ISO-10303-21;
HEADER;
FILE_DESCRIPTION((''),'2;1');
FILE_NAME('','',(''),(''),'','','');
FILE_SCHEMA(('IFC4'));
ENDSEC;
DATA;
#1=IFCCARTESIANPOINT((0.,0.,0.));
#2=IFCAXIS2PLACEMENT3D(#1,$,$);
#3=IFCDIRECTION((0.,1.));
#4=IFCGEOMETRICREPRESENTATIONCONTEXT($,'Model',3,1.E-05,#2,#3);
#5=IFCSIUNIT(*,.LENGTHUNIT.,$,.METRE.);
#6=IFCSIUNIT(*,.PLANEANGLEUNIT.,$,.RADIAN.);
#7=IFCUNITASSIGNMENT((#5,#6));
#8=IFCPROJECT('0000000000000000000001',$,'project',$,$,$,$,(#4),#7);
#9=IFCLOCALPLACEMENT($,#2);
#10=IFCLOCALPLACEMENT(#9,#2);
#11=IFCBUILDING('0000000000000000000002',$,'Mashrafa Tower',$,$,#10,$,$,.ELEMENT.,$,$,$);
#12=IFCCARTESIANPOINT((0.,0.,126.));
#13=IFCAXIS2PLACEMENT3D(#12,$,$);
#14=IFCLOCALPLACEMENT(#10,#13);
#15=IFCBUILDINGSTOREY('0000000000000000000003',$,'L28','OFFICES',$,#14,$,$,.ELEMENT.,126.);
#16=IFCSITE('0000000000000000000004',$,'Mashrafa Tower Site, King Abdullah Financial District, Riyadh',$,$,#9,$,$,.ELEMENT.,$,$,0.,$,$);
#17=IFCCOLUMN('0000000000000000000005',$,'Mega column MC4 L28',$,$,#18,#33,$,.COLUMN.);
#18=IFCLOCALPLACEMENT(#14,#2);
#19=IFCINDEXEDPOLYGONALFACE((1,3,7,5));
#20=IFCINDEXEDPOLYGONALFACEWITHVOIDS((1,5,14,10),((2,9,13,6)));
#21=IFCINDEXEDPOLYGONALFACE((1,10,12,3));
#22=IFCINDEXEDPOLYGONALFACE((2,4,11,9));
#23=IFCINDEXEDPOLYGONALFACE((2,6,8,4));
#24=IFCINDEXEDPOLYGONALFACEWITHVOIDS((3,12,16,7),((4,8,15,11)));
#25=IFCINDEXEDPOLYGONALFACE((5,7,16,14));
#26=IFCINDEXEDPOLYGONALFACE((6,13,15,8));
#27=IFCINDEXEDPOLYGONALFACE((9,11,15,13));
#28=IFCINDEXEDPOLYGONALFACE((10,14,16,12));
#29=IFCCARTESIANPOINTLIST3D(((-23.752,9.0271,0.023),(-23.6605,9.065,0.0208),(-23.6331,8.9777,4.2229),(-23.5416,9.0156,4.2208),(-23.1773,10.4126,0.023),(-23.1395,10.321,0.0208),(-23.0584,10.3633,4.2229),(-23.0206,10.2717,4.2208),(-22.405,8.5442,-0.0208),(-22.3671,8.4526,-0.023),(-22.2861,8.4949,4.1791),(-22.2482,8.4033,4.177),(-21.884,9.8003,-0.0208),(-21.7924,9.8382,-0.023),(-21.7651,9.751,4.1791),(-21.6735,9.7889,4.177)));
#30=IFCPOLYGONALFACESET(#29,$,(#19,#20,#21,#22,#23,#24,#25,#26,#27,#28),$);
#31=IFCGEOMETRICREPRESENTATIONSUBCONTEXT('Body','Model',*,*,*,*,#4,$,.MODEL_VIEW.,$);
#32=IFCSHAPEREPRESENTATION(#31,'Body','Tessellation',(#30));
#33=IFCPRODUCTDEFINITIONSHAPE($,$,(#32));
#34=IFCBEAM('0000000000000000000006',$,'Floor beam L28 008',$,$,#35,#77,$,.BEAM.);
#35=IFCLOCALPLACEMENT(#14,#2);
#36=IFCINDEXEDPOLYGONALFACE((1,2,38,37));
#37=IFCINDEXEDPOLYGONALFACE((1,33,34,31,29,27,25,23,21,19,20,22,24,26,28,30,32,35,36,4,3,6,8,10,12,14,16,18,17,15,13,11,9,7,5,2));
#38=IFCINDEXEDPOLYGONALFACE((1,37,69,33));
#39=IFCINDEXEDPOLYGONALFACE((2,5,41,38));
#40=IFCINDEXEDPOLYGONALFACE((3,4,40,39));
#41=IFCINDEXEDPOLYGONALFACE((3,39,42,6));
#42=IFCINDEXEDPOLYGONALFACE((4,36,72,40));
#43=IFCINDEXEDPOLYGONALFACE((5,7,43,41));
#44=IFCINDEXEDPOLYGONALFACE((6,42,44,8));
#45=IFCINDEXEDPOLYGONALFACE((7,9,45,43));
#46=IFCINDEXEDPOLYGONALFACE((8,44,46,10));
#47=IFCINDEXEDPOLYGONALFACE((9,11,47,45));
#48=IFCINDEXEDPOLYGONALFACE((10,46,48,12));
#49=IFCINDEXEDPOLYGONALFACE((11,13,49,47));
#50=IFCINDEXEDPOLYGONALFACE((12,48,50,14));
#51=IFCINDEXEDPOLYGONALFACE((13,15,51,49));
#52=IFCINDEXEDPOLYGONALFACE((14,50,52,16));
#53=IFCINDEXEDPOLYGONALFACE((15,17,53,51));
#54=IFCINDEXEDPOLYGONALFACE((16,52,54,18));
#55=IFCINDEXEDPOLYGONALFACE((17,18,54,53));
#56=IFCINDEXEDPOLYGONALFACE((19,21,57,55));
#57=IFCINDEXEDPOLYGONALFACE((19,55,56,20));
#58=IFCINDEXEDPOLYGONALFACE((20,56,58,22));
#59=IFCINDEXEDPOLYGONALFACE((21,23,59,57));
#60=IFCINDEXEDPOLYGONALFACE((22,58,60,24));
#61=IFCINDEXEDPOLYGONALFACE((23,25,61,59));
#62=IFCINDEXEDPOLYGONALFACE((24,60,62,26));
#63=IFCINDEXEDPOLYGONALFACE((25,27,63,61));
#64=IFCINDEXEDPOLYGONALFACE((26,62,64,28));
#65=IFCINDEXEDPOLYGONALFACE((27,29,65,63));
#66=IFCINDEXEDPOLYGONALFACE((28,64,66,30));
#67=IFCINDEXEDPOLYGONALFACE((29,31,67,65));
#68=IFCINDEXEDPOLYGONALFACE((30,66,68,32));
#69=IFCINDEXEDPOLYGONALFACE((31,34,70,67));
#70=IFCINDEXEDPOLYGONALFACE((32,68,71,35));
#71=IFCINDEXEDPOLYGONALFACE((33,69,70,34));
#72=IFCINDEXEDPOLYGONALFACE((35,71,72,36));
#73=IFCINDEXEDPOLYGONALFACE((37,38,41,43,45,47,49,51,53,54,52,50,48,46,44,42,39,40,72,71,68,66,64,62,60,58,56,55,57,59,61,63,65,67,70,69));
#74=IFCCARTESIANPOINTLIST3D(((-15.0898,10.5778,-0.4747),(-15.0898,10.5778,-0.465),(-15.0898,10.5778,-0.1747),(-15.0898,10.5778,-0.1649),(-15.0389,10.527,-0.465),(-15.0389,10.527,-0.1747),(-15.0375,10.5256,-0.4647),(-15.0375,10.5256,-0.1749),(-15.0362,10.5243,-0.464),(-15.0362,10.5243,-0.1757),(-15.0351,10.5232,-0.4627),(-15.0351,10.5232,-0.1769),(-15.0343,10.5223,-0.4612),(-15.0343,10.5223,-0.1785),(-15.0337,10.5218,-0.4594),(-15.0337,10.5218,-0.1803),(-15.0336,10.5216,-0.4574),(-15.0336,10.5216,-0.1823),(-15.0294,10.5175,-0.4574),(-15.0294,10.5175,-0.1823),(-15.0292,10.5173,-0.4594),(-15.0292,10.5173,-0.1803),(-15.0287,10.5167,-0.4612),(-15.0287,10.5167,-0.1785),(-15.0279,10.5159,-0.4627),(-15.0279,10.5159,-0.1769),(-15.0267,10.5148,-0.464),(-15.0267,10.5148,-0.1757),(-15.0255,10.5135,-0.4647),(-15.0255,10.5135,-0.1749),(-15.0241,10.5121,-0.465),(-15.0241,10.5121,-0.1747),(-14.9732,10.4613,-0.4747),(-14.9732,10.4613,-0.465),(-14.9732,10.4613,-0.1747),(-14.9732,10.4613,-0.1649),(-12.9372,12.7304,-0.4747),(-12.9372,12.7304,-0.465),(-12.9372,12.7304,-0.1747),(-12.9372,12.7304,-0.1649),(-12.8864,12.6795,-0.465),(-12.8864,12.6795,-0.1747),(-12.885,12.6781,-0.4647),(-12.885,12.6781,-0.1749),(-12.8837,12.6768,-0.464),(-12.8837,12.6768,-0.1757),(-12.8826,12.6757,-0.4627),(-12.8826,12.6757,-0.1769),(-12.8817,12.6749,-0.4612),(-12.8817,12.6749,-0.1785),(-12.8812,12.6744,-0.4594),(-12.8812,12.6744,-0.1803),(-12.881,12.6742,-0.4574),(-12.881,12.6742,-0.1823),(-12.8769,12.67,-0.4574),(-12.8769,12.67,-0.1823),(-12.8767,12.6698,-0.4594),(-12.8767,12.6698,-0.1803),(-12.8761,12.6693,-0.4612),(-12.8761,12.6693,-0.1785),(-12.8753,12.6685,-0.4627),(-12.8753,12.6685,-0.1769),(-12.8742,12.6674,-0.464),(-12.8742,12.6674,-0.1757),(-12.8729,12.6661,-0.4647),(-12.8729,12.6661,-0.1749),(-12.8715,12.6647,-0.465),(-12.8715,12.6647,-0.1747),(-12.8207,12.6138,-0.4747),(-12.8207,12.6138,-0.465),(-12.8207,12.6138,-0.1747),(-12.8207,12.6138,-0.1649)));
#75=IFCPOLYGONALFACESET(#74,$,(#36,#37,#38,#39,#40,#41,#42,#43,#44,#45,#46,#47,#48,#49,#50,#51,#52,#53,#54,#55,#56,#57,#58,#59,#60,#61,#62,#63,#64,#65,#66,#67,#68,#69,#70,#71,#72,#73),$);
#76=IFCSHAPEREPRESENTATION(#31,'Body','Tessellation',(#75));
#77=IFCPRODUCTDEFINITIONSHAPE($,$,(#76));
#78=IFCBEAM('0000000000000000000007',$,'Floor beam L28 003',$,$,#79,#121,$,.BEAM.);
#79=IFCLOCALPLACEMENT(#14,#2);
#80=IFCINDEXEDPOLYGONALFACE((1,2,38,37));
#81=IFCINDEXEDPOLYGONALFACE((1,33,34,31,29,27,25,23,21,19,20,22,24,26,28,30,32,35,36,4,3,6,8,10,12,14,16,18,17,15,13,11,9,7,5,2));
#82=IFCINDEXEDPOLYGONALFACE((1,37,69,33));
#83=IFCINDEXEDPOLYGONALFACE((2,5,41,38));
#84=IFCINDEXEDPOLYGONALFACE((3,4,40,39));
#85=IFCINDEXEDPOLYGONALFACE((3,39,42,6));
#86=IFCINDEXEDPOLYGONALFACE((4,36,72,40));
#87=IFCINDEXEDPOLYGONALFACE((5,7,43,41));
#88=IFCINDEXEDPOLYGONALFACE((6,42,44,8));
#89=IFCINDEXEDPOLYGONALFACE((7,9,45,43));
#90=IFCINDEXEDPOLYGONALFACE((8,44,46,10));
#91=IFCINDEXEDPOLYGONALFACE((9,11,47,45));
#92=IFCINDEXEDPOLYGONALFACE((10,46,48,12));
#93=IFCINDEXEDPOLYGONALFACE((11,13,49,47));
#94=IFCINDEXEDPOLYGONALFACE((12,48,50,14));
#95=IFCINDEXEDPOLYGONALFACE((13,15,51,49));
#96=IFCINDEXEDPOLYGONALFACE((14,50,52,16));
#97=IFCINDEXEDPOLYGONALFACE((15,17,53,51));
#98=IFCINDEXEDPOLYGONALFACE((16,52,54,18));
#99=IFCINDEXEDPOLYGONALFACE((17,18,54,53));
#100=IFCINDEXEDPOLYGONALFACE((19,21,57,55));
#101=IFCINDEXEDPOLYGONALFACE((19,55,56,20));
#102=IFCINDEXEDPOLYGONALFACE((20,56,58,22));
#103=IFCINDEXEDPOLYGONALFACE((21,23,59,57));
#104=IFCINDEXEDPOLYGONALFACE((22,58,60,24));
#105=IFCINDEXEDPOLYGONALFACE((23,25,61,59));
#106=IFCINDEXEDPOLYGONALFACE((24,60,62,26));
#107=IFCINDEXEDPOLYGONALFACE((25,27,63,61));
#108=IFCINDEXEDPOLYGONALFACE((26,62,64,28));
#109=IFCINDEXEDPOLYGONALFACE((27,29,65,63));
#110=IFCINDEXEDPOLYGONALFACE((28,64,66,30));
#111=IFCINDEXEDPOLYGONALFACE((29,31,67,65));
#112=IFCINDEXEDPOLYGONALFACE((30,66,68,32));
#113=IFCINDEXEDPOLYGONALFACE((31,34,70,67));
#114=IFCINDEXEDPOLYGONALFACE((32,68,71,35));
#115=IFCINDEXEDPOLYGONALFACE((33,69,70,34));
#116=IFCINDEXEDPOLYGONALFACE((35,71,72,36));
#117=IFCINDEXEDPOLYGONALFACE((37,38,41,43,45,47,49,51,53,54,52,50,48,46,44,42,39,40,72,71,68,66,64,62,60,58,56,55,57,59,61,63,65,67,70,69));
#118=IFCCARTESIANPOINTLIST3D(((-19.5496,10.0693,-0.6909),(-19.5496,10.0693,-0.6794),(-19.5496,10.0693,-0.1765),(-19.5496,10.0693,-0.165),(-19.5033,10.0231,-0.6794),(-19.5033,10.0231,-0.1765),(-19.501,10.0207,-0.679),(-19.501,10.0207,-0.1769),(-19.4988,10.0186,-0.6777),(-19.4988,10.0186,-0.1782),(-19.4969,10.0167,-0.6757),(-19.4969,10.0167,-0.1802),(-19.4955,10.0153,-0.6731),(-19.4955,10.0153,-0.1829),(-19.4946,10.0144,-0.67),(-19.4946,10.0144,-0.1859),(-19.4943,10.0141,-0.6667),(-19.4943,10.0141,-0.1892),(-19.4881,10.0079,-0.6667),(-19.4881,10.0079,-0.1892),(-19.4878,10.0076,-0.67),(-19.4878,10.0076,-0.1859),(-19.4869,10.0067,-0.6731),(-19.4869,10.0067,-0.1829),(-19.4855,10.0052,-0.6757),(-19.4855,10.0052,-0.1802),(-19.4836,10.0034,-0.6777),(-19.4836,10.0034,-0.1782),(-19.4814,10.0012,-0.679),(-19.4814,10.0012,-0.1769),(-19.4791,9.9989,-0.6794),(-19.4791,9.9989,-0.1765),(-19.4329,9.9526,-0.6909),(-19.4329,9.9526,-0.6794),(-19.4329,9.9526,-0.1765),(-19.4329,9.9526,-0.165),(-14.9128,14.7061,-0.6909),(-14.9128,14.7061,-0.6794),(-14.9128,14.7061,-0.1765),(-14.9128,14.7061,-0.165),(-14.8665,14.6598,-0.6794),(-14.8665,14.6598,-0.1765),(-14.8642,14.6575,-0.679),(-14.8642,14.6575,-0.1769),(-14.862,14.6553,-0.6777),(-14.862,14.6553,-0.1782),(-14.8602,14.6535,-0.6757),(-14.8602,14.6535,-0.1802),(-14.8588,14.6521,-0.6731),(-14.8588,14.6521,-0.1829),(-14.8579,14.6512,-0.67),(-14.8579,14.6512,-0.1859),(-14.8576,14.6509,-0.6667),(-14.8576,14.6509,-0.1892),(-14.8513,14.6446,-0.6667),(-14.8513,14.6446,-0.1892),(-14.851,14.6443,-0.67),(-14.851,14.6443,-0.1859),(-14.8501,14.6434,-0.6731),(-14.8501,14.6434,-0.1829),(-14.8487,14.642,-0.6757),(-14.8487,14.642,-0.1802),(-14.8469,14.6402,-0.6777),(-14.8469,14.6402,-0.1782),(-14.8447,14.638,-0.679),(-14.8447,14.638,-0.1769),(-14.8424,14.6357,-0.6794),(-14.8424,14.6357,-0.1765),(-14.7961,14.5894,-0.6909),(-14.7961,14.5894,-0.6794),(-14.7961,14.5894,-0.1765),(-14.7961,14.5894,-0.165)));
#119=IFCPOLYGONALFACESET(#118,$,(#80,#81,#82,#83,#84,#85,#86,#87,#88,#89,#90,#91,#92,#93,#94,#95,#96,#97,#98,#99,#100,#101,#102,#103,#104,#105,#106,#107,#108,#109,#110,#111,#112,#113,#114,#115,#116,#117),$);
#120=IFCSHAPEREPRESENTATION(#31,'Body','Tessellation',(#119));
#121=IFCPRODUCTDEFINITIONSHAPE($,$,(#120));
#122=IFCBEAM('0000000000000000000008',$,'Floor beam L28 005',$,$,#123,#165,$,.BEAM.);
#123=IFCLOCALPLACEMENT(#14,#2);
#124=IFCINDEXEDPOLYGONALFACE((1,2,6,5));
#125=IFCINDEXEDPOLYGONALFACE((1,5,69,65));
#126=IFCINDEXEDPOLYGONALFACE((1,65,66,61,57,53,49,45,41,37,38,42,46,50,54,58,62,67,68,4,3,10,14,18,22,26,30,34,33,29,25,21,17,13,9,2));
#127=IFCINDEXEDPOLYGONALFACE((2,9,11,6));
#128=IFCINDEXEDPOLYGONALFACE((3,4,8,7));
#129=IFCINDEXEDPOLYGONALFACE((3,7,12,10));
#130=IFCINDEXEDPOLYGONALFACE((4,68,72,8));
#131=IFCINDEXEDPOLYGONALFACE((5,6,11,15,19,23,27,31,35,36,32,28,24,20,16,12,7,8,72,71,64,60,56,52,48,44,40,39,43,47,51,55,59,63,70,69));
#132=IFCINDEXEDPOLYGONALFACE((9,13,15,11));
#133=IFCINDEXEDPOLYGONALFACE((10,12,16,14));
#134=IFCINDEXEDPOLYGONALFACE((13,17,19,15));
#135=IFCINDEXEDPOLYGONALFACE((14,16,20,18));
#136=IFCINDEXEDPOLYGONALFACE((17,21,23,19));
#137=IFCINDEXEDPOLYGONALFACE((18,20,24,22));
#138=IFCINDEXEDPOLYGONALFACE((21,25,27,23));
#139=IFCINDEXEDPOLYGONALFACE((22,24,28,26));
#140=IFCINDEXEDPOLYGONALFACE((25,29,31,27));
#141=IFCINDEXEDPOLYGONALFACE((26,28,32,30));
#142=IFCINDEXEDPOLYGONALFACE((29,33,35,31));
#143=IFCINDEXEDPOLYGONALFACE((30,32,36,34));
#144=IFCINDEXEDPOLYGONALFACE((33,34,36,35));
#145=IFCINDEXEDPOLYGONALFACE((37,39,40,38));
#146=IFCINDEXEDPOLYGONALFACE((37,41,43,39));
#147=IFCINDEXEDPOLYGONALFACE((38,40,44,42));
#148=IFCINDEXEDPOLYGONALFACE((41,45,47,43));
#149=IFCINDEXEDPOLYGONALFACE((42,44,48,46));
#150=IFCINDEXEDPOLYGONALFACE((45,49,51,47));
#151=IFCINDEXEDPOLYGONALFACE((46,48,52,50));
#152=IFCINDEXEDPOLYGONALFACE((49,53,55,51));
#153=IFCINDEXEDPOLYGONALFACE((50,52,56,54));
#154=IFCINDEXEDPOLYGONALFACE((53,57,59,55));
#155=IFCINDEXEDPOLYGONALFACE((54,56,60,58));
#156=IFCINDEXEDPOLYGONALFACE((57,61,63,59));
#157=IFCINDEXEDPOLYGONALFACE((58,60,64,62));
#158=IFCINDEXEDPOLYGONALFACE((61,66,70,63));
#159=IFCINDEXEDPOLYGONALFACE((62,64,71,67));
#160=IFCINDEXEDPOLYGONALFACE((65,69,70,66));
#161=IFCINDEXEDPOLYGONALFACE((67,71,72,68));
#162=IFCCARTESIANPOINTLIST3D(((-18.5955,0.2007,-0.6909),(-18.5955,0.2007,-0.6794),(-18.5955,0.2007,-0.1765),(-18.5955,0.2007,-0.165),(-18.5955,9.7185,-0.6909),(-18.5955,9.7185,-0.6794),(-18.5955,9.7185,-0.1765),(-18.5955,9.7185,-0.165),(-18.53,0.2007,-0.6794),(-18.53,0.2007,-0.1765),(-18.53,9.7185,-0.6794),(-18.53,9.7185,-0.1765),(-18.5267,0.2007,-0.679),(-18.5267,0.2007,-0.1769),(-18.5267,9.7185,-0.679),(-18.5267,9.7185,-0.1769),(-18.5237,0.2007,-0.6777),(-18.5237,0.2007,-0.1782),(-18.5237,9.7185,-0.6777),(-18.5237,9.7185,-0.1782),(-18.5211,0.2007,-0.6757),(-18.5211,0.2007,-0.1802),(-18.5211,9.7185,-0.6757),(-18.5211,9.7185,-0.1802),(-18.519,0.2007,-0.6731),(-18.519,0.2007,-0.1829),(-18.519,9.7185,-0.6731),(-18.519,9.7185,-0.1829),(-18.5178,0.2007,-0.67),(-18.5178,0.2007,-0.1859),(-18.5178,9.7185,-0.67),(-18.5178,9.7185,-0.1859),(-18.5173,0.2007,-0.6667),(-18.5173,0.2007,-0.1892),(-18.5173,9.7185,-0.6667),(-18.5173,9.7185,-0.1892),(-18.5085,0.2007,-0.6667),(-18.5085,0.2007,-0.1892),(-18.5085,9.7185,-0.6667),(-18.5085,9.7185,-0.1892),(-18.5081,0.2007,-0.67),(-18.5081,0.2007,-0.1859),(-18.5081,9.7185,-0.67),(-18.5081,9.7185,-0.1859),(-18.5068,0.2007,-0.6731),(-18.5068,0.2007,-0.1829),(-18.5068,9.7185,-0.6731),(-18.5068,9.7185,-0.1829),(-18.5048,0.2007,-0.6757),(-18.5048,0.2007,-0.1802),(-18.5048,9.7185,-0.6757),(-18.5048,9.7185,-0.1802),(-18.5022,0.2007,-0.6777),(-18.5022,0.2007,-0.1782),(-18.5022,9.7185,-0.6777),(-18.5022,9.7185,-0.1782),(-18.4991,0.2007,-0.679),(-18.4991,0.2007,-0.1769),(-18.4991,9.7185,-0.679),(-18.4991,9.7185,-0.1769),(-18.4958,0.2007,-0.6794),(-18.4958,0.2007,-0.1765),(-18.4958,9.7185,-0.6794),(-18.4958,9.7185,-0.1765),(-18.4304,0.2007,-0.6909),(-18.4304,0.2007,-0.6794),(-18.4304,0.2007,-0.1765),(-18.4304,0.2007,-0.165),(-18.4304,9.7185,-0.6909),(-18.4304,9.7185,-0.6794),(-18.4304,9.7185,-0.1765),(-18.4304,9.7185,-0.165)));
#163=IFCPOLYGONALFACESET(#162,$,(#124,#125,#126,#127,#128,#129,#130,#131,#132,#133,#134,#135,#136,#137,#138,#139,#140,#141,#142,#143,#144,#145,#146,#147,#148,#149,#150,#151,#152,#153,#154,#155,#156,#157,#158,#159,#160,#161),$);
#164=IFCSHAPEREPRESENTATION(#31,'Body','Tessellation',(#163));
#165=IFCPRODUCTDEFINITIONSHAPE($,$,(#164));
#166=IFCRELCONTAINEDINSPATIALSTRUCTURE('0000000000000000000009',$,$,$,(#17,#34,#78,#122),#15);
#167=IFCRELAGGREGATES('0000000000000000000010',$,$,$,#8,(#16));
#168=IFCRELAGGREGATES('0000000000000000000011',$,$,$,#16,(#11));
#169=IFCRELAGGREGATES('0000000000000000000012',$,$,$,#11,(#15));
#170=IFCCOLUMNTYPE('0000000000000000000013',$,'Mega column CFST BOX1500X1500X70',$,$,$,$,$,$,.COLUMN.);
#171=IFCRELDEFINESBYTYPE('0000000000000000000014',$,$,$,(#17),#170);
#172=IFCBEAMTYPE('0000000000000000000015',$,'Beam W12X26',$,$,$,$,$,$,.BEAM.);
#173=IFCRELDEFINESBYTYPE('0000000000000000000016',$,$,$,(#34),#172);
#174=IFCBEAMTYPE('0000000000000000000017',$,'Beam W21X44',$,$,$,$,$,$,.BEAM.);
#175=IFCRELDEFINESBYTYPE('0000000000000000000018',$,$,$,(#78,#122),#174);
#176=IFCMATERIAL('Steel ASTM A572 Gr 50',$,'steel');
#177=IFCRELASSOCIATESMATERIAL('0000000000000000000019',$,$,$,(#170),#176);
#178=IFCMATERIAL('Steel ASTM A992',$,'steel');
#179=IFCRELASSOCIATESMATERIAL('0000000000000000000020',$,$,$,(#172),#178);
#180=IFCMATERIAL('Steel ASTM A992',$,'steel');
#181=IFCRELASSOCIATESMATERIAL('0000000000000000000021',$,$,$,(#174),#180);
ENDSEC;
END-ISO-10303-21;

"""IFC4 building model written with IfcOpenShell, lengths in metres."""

from ifc_helpers import new_model, si_unit, direction, frame, origin, origin_2d, place, context, subcontext, project, spatial, hollow_rectangle, i_section, extrude, material, material_profile, profile_set, type_object, element, save


model = new_model("IFC4")

# Units and contexts
model_context = context("Model", 3, precision=1e-05, world=origin(), true_north=direction((0.0, 1.0)))
body_context = subcontext(model_context, "Body", "Model", "MODEL_VIEW")
ifc_project = project(units=[si_unit("LENGTHUNIT", "METRE"), si_unit("PLANEANGLEUNIT", "RADIAN")], contexts=[model_context])

# Site, building, storey
site_placement = place(None, origin())
site = spatial("IfcSite", under=ifc_project, at=site_placement, Name="Mashrafa Tower Site, King Abdullah Financial District, Riyadh", CompositionType="ELEMENT", RefElevation=0.0)
building_placement = place(site_placement, origin())
building = spatial("IfcBuilding", under=site, at=building_placement, Name="Mashrafa Tower", CompositionType="ELEMENT")
storey_placement = place(building_placement, frame((0.0, 0.0, 126.0)))
storey = spatial("IfcBuildingStorey", under=building, at=storey_placement, Name="L28", Description="OFFICES", CompositionType="ELEMENT", Elevation=126.0)

# Column
ifc_material_1 = material(Name="Steel ASTM A572 Gr 50", Category="steel")
ifc_material_profile_1 = material_profile(ifc_material_1, hollow_rectangle(XDim=1.5, YDim=1.5, WallThickness=0.0701, at=origin_2d()), Name="BOX1500X1500X70")
ifc_profile_set_1 = profile_set([ifc_material_profile_1], Name="Steel ASTM A572 Gr 50")
column_type = type_object("IfcColumnType", Name="Mega column CFST BOX1500X1500X70", PredefinedType="COLUMN", material=ifc_profile_set_1)
column_placement = place(storey_placement, frame((-22.7722, 9.4326, 0.0), z_axis=(0.028296, -0.011737, 0.999531), x_axis=(0.383133, 0.923693, 0.0)))
element("IfcColumn", 1, at=column_placement, inside=storey, type_object=column_type, Name="Mega column MC4 L28", PredefinedType="COLUMN", context=body_context, shape_type="SweptSolid", body=[
    extrude(hollow_rectangle(XDim=1.5, YDim=1.5, WallThickness=0.0701, at=origin_2d()), origin(), (0.0, 0.0, 1.0), 4.2019),
])

# Beams
ifc_material_2 = material(Name="Steel ASTM A992", Category="steel")
ifc_material_profile_2 = material_profile(ifc_material_2, i_section(OverallWidth=0.1648, OverallDepth=0.3098, WebThickness=0.0059, FlangeThickness=0.0098, FilletRadius=0.0076, at=origin_2d()), Name="W12X26")
ifc_profile_set_2 = profile_set([ifc_material_profile_2], Name="Steel ASTM A992")
beam_type_1 = type_object("IfcBeamType", Name="Beam W12X26", PredefinedType="BEAM", material=ifc_profile_set_2)
beam_1_placement = place(storey_placement, frame((-15.0315, 10.5195, -0.3198), z_axis=(0.707107, 0.707107, 0.0), x_axis=(-0.707107, 0.707107, 0.0)))
element("IfcBeam", 2, at=beam_1_placement, inside=storey, type_object=beam_type_1, Name="Floor beam L28 008", PredefinedType="BEAM", context=body_context, shape_type="SweptSolid", body=[
    extrude(i_section(OverallWidth=0.1648, OverallDepth=0.3098, WebThickness=0.0059, FlangeThickness=0.0098, FilletRadius=0.0076, at=origin_2d()), origin(), (0.0, 0.0, 1.0), 3.0442),
])
ifc_material_3 = material(Name="Steel ASTM A992", Category="steel")
ifc_material_profile_3 = material_profile(ifc_material_3, i_section(OverallWidth=0.165, OverallDepth=0.5259, WebThickness=0.0088, FlangeThickness=0.0115, FilletRadius=0.0127, at=origin_2d()), Name="W21X44")
ifc_profile_set_3 = profile_set([ifc_material_profile_3], Name="Steel ASTM A992")
beam_type_2 = type_object("IfcBeamType", Name="Beam W21X44", PredefinedType="BEAM", material=ifc_profile_set_3)
beam_2_placement = place(storey_placement, frame((-19.4912, 10.011, -0.428), z_axis=(0.707107, 0.707107, 0.0), x_axis=(-0.707107, 0.707107, 0.0)))
element("IfcBeam", 3, at=beam_2_placement, inside=storey, type_object=beam_type_2, Name="Floor beam L28 003", PredefinedType="BEAM", context=body_context, shape_type="SweptSolid", body=[
    extrude(i_section(OverallWidth=0.165, OverallDepth=0.5259, WebThickness=0.0088, FlangeThickness=0.0115, FilletRadius=0.0127, at=origin_2d()), origin(), (0.0, 0.0, 1.0), 6.5574),
])
beam_3_placement = place(storey_placement, frame((-18.5129, 0.2007, -0.428), z_axis=(0.0, 1.0, 0.0), x_axis=(-1.0, 0.0, 0.0)))
element("IfcBeam", 4, at=beam_3_placement, inside=storey, type_object=beam_type_2, Name="Floor beam L28 005", PredefinedType="BEAM", context=body_context, shape_type="SweptSolid", body=[
    extrude(i_section(OverallWidth=0.165, OverallDepth=0.5259, WebThickness=0.0088, FlangeThickness=0.0115, FilletRadius=0.0127, at=origin_2d()), origin(), (0.0, 0.0, 1.0), 9.5178),
])

save(model, "model.ifc")
